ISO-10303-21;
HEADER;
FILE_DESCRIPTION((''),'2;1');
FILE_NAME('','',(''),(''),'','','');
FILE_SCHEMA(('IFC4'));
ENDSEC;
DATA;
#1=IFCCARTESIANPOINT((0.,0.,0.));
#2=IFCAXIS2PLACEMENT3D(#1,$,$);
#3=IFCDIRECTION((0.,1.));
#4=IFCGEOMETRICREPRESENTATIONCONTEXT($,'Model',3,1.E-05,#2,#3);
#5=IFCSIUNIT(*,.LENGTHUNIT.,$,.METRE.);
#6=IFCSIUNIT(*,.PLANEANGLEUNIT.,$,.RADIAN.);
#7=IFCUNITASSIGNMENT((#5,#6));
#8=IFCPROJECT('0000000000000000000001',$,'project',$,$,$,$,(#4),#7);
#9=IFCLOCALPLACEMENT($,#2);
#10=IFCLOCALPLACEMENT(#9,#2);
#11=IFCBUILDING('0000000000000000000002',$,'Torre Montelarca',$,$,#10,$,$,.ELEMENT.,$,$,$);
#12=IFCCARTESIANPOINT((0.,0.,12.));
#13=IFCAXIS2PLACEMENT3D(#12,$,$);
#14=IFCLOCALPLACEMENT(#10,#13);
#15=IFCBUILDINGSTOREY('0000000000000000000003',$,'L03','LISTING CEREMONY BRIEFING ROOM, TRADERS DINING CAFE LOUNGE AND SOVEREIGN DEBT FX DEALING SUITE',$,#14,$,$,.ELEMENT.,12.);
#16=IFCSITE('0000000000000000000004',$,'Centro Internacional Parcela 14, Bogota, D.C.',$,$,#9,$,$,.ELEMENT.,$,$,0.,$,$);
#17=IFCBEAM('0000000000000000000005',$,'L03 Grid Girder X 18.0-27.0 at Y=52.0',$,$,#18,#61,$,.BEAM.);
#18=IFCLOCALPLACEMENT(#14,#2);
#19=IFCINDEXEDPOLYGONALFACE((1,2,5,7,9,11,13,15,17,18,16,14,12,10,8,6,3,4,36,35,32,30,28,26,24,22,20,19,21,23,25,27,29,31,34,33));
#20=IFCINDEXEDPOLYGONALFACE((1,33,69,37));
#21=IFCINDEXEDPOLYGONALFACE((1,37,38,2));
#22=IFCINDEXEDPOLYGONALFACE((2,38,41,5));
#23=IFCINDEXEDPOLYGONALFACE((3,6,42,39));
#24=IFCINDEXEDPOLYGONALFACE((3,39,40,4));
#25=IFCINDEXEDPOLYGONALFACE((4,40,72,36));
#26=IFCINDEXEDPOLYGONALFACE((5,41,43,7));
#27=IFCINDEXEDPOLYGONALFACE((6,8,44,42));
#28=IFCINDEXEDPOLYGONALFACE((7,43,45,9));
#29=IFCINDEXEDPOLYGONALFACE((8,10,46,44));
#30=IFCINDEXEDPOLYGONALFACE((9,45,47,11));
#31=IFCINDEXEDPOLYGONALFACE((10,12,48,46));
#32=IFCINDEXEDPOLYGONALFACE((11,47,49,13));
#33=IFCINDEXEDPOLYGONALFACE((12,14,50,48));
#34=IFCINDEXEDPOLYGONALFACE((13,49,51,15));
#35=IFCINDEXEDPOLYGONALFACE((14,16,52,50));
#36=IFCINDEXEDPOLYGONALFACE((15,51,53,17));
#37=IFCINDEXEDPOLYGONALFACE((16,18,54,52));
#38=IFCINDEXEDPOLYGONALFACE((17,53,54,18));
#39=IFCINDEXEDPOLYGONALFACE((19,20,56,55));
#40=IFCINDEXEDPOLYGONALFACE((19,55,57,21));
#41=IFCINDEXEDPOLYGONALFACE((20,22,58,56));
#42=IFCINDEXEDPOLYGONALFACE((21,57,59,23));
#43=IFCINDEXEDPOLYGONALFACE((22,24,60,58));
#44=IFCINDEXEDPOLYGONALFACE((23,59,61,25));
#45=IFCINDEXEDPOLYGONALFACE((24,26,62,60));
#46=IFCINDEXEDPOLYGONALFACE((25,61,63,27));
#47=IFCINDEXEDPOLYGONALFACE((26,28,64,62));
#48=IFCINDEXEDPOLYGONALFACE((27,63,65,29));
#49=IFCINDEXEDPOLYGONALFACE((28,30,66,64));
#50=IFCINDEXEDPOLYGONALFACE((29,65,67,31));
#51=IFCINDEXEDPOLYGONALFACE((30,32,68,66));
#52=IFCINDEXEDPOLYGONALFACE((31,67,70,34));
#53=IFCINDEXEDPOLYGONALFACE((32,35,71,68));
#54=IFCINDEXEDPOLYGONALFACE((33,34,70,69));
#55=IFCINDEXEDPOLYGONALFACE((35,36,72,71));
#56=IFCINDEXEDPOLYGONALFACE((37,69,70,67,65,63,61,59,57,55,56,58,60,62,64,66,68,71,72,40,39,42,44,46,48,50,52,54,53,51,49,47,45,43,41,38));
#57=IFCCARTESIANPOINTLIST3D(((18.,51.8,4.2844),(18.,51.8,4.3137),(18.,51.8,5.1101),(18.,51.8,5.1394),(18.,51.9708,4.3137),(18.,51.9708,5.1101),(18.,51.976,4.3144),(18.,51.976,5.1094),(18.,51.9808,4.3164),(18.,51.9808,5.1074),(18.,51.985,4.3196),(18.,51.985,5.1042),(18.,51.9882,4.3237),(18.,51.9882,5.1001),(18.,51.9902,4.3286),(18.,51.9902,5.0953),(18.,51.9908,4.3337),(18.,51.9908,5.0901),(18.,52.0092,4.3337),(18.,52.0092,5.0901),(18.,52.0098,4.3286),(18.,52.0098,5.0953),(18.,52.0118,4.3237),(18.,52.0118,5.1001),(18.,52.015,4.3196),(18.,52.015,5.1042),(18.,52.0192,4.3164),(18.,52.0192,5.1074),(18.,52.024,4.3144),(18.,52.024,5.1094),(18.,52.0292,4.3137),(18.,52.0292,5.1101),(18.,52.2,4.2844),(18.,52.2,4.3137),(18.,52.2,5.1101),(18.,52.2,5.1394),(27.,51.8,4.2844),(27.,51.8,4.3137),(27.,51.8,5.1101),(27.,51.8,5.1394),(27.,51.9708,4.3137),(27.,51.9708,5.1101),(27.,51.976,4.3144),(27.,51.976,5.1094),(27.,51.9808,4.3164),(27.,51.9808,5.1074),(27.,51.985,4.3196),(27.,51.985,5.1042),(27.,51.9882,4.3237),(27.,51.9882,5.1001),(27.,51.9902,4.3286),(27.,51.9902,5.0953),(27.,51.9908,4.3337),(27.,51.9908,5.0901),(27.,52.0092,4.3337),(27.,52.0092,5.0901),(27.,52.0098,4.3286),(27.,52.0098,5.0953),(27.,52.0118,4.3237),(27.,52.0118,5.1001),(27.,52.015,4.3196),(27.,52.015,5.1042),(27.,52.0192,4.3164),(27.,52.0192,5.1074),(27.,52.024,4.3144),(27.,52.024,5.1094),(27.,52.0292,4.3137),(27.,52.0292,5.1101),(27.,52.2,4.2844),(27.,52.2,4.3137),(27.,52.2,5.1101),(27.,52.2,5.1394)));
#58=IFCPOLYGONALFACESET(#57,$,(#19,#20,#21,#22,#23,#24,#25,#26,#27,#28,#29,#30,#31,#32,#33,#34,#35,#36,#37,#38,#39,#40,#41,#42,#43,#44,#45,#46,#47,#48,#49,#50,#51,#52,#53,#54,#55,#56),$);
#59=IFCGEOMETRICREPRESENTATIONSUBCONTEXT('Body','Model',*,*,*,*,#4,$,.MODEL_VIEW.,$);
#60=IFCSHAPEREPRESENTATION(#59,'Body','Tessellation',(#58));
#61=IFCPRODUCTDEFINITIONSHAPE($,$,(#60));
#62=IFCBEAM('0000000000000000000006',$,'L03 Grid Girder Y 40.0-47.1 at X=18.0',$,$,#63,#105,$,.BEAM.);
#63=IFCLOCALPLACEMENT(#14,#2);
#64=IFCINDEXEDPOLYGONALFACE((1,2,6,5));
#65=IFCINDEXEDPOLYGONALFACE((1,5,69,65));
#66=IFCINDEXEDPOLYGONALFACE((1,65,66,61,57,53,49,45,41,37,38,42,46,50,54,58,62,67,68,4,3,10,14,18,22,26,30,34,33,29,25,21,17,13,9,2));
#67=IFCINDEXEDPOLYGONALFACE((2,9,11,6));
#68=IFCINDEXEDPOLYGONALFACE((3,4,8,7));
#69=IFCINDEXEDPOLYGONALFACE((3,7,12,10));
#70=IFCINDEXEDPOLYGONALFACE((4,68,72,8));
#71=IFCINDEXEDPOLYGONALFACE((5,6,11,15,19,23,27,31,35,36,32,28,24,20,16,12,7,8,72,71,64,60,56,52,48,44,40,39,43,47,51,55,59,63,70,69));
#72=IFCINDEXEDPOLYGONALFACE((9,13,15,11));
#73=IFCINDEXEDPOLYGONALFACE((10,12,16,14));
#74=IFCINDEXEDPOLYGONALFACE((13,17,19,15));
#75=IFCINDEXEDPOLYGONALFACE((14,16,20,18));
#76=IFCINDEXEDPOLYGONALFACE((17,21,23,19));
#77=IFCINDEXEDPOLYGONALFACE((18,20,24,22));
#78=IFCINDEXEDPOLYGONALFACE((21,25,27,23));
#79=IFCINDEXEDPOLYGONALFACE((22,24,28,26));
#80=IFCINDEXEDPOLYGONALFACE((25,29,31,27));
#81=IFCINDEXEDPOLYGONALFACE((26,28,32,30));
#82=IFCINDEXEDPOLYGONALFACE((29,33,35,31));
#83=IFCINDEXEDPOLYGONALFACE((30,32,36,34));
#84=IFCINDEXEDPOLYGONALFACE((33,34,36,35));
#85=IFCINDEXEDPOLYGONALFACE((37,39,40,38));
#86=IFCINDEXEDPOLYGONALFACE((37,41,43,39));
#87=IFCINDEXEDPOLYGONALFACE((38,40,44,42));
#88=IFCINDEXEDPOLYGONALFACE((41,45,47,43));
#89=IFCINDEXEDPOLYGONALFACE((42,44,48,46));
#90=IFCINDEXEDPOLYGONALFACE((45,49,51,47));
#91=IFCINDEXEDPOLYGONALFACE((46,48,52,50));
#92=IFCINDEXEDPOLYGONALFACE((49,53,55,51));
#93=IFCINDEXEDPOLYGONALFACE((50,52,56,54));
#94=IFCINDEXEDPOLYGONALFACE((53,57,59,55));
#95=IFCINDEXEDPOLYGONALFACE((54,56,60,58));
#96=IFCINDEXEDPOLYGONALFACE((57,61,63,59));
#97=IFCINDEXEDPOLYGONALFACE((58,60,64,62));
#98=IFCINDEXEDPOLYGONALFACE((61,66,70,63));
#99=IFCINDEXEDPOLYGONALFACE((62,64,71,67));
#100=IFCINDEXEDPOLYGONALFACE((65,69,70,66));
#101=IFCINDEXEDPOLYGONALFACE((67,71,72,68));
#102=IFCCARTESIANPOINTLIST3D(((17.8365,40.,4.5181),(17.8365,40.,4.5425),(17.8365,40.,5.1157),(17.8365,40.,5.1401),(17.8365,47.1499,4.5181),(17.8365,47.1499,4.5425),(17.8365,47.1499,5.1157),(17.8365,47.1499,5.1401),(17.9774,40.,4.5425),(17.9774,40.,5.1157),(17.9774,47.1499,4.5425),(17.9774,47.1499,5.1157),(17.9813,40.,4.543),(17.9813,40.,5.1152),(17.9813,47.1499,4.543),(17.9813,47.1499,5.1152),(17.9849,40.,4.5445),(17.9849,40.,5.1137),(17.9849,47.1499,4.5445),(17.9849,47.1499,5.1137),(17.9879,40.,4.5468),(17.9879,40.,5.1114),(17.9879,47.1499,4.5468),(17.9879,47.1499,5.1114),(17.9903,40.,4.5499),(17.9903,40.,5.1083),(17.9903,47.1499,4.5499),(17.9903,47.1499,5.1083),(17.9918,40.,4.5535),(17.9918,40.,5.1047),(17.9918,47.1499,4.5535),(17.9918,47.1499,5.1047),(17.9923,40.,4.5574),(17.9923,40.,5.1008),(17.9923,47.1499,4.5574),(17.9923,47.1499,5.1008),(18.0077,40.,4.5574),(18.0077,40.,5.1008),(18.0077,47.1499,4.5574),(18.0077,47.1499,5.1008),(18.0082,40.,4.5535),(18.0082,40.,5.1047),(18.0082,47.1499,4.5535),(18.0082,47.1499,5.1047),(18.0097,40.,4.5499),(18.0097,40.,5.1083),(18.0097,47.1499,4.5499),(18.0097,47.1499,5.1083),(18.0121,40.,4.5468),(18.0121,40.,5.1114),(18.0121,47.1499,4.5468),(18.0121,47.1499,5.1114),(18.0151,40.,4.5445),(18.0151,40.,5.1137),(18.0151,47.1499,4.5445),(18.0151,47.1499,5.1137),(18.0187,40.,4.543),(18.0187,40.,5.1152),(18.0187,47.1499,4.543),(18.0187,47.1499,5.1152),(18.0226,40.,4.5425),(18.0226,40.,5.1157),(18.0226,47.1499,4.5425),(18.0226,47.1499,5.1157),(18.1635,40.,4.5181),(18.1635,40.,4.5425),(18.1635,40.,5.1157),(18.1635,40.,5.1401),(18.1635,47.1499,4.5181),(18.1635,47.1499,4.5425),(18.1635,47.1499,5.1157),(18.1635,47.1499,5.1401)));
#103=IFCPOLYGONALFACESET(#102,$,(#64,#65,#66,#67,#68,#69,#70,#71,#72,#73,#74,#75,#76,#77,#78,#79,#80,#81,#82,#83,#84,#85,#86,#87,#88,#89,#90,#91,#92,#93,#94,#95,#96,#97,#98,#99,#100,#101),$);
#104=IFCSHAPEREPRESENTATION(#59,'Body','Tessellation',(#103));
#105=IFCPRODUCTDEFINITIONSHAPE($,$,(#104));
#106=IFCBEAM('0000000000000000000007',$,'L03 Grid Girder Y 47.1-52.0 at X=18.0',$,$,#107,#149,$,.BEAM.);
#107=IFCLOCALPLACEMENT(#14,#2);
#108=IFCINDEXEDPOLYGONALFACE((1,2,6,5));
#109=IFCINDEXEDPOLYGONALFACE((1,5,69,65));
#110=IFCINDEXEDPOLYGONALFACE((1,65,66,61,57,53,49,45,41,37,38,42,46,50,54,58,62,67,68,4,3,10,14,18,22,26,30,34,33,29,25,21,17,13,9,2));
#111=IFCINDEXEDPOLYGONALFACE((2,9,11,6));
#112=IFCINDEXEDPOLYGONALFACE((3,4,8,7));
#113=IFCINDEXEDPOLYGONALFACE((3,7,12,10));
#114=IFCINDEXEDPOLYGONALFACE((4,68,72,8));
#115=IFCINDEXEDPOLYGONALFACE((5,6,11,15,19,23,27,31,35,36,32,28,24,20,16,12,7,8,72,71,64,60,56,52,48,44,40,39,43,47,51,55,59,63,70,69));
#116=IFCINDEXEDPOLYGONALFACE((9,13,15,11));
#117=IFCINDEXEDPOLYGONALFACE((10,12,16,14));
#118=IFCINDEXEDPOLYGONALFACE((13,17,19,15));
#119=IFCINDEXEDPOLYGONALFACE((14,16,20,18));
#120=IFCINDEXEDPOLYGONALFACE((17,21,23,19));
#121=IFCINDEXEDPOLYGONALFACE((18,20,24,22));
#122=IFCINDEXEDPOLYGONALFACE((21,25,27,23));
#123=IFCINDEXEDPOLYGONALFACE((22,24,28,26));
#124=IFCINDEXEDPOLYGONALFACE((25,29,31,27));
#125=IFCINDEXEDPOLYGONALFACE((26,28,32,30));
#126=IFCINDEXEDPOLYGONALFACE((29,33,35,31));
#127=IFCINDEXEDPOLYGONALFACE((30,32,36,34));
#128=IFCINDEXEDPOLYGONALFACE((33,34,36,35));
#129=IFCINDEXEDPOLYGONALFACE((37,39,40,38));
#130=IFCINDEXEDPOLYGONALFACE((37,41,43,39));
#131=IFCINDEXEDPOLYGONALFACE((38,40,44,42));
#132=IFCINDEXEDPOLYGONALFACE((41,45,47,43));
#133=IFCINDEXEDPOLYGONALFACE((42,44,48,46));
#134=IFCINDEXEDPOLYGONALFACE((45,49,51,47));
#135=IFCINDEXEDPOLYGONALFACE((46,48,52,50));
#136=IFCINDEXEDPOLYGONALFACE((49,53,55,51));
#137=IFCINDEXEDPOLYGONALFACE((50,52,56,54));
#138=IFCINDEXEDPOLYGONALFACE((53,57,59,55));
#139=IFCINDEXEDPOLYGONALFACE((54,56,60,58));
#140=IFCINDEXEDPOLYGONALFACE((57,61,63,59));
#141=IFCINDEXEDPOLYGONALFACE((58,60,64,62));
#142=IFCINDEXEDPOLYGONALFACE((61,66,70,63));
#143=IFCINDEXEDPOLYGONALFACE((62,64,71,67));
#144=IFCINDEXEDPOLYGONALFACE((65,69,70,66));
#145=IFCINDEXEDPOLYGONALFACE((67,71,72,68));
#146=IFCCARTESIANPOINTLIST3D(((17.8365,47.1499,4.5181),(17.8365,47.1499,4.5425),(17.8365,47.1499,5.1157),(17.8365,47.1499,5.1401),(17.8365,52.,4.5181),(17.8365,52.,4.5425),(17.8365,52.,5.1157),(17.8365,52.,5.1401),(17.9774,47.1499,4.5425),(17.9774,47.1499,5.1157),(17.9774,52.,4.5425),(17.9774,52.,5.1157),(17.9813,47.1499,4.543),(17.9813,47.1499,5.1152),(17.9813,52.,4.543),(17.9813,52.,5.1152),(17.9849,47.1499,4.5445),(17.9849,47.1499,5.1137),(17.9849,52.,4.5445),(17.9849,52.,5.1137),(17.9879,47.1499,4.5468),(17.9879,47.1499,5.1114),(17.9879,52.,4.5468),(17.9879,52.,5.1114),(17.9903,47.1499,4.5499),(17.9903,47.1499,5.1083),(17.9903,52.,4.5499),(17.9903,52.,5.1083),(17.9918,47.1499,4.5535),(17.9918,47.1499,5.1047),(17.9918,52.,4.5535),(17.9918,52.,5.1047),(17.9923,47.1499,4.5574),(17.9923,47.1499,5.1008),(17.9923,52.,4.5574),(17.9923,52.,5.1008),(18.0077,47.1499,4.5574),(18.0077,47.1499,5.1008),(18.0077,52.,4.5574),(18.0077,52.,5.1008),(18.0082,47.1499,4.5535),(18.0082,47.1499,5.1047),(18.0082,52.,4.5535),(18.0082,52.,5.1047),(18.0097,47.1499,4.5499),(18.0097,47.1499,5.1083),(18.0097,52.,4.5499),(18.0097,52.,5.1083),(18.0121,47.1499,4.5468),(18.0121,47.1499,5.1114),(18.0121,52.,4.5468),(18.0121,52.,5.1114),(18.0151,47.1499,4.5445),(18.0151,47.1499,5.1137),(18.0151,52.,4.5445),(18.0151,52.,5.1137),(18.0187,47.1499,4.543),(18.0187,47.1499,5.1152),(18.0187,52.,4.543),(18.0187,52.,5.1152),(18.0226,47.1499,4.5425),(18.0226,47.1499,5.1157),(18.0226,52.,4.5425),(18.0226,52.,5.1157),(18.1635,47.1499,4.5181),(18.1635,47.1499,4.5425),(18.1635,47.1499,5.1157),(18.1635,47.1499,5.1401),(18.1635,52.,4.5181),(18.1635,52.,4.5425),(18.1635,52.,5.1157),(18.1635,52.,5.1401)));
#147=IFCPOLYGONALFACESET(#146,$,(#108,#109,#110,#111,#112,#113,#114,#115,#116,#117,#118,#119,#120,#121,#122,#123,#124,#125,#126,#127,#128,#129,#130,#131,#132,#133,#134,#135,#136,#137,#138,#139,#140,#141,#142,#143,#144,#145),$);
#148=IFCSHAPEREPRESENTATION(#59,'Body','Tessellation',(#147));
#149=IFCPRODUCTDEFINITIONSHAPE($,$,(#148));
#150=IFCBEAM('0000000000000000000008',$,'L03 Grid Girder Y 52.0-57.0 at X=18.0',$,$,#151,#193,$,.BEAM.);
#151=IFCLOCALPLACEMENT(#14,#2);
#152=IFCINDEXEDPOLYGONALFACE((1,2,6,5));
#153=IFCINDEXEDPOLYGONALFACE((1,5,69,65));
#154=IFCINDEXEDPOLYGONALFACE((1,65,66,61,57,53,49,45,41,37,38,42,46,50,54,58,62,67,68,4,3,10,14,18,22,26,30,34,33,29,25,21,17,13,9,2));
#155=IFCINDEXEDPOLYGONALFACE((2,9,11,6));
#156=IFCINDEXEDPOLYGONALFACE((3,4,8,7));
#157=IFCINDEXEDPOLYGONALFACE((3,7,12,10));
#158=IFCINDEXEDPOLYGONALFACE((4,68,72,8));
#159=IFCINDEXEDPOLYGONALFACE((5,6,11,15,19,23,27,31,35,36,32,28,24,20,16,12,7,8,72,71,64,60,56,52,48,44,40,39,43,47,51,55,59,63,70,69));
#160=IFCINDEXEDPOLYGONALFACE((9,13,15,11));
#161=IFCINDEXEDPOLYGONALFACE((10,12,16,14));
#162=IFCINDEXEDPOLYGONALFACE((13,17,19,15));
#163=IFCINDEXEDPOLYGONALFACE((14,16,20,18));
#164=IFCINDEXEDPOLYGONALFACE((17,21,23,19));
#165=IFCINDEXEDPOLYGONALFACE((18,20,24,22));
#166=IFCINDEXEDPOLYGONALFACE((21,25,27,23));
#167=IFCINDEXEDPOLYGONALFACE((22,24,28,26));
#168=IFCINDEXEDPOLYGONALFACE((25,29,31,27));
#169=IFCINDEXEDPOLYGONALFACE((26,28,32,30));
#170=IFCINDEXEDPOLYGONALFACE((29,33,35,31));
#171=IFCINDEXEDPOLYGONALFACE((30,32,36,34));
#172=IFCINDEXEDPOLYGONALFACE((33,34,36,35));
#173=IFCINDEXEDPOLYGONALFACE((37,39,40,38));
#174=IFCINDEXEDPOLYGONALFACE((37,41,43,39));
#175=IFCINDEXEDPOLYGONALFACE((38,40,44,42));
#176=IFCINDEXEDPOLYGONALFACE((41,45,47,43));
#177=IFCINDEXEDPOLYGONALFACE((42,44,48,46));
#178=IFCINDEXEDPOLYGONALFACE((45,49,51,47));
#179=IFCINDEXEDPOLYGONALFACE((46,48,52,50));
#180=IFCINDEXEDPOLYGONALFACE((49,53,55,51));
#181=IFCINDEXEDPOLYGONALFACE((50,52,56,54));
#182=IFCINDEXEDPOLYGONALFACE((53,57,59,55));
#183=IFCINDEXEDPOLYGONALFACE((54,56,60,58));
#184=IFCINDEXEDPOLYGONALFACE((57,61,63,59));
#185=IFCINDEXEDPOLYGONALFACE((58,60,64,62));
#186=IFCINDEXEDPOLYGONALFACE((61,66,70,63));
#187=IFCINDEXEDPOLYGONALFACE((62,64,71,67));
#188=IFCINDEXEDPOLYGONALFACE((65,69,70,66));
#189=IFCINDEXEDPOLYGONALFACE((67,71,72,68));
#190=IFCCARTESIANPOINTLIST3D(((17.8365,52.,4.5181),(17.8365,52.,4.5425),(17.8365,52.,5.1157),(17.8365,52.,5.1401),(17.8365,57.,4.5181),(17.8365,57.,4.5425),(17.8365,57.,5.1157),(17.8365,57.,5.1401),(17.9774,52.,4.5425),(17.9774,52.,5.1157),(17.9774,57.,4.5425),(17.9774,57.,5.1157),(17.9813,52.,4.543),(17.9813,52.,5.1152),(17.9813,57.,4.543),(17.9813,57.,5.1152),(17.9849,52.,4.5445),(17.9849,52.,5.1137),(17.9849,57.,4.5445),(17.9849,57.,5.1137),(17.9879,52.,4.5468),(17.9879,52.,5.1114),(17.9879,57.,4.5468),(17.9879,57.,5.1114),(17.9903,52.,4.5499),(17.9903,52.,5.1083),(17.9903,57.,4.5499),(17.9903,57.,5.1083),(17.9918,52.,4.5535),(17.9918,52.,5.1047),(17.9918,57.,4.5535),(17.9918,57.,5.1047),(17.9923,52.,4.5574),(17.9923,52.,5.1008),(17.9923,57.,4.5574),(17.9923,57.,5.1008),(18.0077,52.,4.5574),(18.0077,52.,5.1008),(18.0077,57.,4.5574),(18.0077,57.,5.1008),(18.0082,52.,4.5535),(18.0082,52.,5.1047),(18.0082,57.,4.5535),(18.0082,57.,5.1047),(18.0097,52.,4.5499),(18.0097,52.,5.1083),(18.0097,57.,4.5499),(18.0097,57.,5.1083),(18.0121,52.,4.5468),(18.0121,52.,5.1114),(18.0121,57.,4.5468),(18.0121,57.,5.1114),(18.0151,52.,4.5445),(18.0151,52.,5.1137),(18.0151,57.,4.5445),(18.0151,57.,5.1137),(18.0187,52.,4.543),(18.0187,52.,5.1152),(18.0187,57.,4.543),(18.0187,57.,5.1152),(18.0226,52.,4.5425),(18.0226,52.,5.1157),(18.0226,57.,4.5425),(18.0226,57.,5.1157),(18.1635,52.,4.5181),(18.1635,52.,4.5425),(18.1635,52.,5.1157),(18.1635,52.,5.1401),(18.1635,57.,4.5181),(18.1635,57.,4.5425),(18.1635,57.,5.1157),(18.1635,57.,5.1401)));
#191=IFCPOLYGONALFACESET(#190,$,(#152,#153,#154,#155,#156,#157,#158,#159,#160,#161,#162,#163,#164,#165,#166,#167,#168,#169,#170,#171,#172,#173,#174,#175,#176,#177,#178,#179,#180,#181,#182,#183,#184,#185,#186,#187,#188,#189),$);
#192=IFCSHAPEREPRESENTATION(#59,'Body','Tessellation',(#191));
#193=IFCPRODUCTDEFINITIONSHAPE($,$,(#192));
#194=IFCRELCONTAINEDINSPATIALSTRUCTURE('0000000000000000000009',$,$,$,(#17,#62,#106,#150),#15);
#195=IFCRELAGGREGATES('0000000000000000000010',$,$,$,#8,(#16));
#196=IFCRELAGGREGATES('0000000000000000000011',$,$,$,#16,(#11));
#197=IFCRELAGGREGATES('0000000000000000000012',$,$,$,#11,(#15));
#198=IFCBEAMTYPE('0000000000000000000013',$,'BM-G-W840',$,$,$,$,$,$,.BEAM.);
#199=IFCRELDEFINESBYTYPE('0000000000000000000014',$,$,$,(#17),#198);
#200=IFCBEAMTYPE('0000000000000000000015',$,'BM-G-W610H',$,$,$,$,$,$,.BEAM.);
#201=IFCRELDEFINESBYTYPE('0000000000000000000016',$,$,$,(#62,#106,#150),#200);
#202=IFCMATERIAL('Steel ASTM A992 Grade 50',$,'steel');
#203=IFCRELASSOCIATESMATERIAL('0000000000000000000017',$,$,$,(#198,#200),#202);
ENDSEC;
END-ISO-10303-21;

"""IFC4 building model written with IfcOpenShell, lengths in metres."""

from ifc_helpers import new_model, si_unit, direction, frame, origin, origin_2d, place, context, subcontext, project, spatial, i_section, extrude, source, transform, mapped, material, material_profile, profile_set, type_object, element, save


model = new_model("IFC4")

# Units and contexts
model_context = context("Model", 3, precision=1e-05, world=origin(), true_north=direction((0.0, 1.0)))
body_context = subcontext(model_context, "Body", "Model", "MODEL_VIEW")
ifc_project = project(units=[si_unit("LENGTHUNIT", "METRE"), si_unit("PLANEANGLEUNIT", "RADIAN")], contexts=[model_context])

# Site, building, storey
site_placement = place(None, origin())
site = spatial("IfcSite", under=ifc_project, at=site_placement, Name="Centro Internacional Parcela 14, Bogota, D.C.", CompositionType="ELEMENT", RefElevation=0.0)
building_placement = place(site_placement, origin())
building = spatial("IfcBuilding", under=site, at=building_placement, Name="Torre Montelarca", CompositionType="ELEMENT")
storey_placement = place(building_placement, frame((0.0, 0.0, 12.0)))
storey = spatial("IfcBuildingStorey", under=building, at=storey_placement, Name="L03", Description="LISTING CEREMONY BRIEFING ROOM, TRADERS DINING CAFE LOUNGE AND SOVEREIGN DEBT FX DEALING SUITE", CompositionType="ELEMENT", Elevation=12.0)

# Beams
ifc_material_1 = material(Name="Steel ASTM A992 Grade 50", Category="steel")
ifc_material_profile_1 = material_profile(ifc_material_1, i_section(OverallWidth=0.3999, OverallDepth=0.855, WebThickness=0.0183, FlangeThickness=0.0293, FilletRadius=0.02, at=origin_2d()), Name="W840X299", Category="steel")
ifc_profile_set_1 = profile_set([ifc_material_profile_1], Name="Steel ASTM A992 Grade 50")
beam_type_1 = type_object("IfcBeamType", Name="BM-G-W840", PredefinedType="BEAM", material=ifc_profile_set_1)
shared_shape_1 = source(origin(), body_context, "Body", "SweptSolid", [
    extrude(i_section(OverallWidth=0.3999, OverallDepth=0.855, WebThickness=0.0183, FlangeThickness=0.0293, FilletRadius=0.02, at=origin_2d()), origin(), (0.0, 0.0, 1.0), 9.0),
])
for number, where, z_axis, x_axis, name in (
    (1, (18.0, 52.0, 4.7119), (1.0, 0.0, 0.0), (0.0, 1.0, 0.0), "L03 Grid Girder X 18.0-27.0 at Y=52.0"),
):
    element("IfcBeam", number, at=place(storey_placement, frame(where, z_axis=z_axis, x_axis=x_axis)), inside=storey, type_object=beam_type_1, Name=name, PredefinedType="BEAM", context=body_context, shape_type="MappedRepresentation", body=[
        mapped(shared_shape_1, transform((0.0, 0.0, 0.0), scale=1.0)),
    ])
ifc_material_profile_2 = material_profile(ifc_material_1, i_section(OverallWidth=0.3269, OverallDepth=0.6221, WebThickness=0.0154, FlangeThickness=0.0244, FilletRadius=0.0149, at=origin_2d()), Name="W610X195", Category="steel")
ifc_profile_set_2 = profile_set([ifc_material_profile_2], Name="Steel ASTM A992 Grade 50")
beam_type_2 = type_object("IfcBeamType", Name="BM-G-W610H", PredefinedType="BEAM", material=ifc_profile_set_2)
shared_shape_2 = source(origin(), body_context, "Body", "SweptSolid", [
    extrude(i_section(OverallWidth=0.3269, OverallDepth=0.6221, WebThickness=0.0154, FlangeThickness=0.0244, FilletRadius=0.0149, at=origin_2d()), origin(), (0.0, 0.0, 1.0), 7.1499),
])
beam_1_placement = place(storey_placement, frame((18.0, 40.0, 4.8291), z_axis=(0.0, 1.0, 0.0), x_axis=(-1.0, 0.0, 0.0)))
element("IfcBeam", 2, at=beam_1_placement, inside=storey, type_object=beam_type_2, Name="L03 Grid Girder Y 40.0-47.1 at X=18.0", PredefinedType="BEAM", context=body_context, shape_type="MappedRepresentation", body=[
    mapped(shared_shape_2, transform((0.0, 0.0, 0.0), scale=1.0)),
])
shared_shape_3 = source(origin(), body_context, "Body", "SweptSolid", [
    extrude(i_section(OverallWidth=0.3269, OverallDepth=0.6221, WebThickness=0.0154, FlangeThickness=0.0244, FilletRadius=0.0149, at=origin_2d()), origin(), (0.0, 0.0, 1.0), 4.8501),
])
beam_2_placement = place(storey_placement, frame((18.0, 47.1499, 4.8291), z_axis=(0.0, 1.0, 0.0), x_axis=(-1.0, 0.0, 0.0)))
element("IfcBeam", 3, at=beam_2_placement, inside=storey, type_object=beam_type_2, Name="L03 Grid Girder Y 47.1-52.0 at X=18.0", PredefinedType="BEAM", context=body_context, shape_type="MappedRepresentation", body=[
    mapped(shared_shape_3, transform((0.0, 0.0, 0.0), scale=1.0)),
])
shared_shape_4 = source(origin(), body_context, "Body", "SweptSolid", [
    extrude(i_section(OverallWidth=0.3269, OverallDepth=0.6221, WebThickness=0.0154, FlangeThickness=0.0244, FilletRadius=0.0149, at=origin_2d()), origin(), (0.0, 0.0, 1.0), 5.0),
])
beam_3_placement = place(storey_placement, frame((18.0, 52.0, 4.8291), z_axis=(0.0, 1.0, 0.0), x_axis=(-1.0, 0.0, 0.0)))
element("IfcBeam", 4, at=beam_3_placement, inside=storey, type_object=beam_type_2, Name="L03 Grid Girder Y 52.0-57.0 at X=18.0", PredefinedType="BEAM", context=body_context, shape_type="MappedRepresentation", body=[
    mapped(shared_shape_4, transform((0.0, 0.0, 0.0), scale=1.0)),
])

save(model, "model.ifc")
